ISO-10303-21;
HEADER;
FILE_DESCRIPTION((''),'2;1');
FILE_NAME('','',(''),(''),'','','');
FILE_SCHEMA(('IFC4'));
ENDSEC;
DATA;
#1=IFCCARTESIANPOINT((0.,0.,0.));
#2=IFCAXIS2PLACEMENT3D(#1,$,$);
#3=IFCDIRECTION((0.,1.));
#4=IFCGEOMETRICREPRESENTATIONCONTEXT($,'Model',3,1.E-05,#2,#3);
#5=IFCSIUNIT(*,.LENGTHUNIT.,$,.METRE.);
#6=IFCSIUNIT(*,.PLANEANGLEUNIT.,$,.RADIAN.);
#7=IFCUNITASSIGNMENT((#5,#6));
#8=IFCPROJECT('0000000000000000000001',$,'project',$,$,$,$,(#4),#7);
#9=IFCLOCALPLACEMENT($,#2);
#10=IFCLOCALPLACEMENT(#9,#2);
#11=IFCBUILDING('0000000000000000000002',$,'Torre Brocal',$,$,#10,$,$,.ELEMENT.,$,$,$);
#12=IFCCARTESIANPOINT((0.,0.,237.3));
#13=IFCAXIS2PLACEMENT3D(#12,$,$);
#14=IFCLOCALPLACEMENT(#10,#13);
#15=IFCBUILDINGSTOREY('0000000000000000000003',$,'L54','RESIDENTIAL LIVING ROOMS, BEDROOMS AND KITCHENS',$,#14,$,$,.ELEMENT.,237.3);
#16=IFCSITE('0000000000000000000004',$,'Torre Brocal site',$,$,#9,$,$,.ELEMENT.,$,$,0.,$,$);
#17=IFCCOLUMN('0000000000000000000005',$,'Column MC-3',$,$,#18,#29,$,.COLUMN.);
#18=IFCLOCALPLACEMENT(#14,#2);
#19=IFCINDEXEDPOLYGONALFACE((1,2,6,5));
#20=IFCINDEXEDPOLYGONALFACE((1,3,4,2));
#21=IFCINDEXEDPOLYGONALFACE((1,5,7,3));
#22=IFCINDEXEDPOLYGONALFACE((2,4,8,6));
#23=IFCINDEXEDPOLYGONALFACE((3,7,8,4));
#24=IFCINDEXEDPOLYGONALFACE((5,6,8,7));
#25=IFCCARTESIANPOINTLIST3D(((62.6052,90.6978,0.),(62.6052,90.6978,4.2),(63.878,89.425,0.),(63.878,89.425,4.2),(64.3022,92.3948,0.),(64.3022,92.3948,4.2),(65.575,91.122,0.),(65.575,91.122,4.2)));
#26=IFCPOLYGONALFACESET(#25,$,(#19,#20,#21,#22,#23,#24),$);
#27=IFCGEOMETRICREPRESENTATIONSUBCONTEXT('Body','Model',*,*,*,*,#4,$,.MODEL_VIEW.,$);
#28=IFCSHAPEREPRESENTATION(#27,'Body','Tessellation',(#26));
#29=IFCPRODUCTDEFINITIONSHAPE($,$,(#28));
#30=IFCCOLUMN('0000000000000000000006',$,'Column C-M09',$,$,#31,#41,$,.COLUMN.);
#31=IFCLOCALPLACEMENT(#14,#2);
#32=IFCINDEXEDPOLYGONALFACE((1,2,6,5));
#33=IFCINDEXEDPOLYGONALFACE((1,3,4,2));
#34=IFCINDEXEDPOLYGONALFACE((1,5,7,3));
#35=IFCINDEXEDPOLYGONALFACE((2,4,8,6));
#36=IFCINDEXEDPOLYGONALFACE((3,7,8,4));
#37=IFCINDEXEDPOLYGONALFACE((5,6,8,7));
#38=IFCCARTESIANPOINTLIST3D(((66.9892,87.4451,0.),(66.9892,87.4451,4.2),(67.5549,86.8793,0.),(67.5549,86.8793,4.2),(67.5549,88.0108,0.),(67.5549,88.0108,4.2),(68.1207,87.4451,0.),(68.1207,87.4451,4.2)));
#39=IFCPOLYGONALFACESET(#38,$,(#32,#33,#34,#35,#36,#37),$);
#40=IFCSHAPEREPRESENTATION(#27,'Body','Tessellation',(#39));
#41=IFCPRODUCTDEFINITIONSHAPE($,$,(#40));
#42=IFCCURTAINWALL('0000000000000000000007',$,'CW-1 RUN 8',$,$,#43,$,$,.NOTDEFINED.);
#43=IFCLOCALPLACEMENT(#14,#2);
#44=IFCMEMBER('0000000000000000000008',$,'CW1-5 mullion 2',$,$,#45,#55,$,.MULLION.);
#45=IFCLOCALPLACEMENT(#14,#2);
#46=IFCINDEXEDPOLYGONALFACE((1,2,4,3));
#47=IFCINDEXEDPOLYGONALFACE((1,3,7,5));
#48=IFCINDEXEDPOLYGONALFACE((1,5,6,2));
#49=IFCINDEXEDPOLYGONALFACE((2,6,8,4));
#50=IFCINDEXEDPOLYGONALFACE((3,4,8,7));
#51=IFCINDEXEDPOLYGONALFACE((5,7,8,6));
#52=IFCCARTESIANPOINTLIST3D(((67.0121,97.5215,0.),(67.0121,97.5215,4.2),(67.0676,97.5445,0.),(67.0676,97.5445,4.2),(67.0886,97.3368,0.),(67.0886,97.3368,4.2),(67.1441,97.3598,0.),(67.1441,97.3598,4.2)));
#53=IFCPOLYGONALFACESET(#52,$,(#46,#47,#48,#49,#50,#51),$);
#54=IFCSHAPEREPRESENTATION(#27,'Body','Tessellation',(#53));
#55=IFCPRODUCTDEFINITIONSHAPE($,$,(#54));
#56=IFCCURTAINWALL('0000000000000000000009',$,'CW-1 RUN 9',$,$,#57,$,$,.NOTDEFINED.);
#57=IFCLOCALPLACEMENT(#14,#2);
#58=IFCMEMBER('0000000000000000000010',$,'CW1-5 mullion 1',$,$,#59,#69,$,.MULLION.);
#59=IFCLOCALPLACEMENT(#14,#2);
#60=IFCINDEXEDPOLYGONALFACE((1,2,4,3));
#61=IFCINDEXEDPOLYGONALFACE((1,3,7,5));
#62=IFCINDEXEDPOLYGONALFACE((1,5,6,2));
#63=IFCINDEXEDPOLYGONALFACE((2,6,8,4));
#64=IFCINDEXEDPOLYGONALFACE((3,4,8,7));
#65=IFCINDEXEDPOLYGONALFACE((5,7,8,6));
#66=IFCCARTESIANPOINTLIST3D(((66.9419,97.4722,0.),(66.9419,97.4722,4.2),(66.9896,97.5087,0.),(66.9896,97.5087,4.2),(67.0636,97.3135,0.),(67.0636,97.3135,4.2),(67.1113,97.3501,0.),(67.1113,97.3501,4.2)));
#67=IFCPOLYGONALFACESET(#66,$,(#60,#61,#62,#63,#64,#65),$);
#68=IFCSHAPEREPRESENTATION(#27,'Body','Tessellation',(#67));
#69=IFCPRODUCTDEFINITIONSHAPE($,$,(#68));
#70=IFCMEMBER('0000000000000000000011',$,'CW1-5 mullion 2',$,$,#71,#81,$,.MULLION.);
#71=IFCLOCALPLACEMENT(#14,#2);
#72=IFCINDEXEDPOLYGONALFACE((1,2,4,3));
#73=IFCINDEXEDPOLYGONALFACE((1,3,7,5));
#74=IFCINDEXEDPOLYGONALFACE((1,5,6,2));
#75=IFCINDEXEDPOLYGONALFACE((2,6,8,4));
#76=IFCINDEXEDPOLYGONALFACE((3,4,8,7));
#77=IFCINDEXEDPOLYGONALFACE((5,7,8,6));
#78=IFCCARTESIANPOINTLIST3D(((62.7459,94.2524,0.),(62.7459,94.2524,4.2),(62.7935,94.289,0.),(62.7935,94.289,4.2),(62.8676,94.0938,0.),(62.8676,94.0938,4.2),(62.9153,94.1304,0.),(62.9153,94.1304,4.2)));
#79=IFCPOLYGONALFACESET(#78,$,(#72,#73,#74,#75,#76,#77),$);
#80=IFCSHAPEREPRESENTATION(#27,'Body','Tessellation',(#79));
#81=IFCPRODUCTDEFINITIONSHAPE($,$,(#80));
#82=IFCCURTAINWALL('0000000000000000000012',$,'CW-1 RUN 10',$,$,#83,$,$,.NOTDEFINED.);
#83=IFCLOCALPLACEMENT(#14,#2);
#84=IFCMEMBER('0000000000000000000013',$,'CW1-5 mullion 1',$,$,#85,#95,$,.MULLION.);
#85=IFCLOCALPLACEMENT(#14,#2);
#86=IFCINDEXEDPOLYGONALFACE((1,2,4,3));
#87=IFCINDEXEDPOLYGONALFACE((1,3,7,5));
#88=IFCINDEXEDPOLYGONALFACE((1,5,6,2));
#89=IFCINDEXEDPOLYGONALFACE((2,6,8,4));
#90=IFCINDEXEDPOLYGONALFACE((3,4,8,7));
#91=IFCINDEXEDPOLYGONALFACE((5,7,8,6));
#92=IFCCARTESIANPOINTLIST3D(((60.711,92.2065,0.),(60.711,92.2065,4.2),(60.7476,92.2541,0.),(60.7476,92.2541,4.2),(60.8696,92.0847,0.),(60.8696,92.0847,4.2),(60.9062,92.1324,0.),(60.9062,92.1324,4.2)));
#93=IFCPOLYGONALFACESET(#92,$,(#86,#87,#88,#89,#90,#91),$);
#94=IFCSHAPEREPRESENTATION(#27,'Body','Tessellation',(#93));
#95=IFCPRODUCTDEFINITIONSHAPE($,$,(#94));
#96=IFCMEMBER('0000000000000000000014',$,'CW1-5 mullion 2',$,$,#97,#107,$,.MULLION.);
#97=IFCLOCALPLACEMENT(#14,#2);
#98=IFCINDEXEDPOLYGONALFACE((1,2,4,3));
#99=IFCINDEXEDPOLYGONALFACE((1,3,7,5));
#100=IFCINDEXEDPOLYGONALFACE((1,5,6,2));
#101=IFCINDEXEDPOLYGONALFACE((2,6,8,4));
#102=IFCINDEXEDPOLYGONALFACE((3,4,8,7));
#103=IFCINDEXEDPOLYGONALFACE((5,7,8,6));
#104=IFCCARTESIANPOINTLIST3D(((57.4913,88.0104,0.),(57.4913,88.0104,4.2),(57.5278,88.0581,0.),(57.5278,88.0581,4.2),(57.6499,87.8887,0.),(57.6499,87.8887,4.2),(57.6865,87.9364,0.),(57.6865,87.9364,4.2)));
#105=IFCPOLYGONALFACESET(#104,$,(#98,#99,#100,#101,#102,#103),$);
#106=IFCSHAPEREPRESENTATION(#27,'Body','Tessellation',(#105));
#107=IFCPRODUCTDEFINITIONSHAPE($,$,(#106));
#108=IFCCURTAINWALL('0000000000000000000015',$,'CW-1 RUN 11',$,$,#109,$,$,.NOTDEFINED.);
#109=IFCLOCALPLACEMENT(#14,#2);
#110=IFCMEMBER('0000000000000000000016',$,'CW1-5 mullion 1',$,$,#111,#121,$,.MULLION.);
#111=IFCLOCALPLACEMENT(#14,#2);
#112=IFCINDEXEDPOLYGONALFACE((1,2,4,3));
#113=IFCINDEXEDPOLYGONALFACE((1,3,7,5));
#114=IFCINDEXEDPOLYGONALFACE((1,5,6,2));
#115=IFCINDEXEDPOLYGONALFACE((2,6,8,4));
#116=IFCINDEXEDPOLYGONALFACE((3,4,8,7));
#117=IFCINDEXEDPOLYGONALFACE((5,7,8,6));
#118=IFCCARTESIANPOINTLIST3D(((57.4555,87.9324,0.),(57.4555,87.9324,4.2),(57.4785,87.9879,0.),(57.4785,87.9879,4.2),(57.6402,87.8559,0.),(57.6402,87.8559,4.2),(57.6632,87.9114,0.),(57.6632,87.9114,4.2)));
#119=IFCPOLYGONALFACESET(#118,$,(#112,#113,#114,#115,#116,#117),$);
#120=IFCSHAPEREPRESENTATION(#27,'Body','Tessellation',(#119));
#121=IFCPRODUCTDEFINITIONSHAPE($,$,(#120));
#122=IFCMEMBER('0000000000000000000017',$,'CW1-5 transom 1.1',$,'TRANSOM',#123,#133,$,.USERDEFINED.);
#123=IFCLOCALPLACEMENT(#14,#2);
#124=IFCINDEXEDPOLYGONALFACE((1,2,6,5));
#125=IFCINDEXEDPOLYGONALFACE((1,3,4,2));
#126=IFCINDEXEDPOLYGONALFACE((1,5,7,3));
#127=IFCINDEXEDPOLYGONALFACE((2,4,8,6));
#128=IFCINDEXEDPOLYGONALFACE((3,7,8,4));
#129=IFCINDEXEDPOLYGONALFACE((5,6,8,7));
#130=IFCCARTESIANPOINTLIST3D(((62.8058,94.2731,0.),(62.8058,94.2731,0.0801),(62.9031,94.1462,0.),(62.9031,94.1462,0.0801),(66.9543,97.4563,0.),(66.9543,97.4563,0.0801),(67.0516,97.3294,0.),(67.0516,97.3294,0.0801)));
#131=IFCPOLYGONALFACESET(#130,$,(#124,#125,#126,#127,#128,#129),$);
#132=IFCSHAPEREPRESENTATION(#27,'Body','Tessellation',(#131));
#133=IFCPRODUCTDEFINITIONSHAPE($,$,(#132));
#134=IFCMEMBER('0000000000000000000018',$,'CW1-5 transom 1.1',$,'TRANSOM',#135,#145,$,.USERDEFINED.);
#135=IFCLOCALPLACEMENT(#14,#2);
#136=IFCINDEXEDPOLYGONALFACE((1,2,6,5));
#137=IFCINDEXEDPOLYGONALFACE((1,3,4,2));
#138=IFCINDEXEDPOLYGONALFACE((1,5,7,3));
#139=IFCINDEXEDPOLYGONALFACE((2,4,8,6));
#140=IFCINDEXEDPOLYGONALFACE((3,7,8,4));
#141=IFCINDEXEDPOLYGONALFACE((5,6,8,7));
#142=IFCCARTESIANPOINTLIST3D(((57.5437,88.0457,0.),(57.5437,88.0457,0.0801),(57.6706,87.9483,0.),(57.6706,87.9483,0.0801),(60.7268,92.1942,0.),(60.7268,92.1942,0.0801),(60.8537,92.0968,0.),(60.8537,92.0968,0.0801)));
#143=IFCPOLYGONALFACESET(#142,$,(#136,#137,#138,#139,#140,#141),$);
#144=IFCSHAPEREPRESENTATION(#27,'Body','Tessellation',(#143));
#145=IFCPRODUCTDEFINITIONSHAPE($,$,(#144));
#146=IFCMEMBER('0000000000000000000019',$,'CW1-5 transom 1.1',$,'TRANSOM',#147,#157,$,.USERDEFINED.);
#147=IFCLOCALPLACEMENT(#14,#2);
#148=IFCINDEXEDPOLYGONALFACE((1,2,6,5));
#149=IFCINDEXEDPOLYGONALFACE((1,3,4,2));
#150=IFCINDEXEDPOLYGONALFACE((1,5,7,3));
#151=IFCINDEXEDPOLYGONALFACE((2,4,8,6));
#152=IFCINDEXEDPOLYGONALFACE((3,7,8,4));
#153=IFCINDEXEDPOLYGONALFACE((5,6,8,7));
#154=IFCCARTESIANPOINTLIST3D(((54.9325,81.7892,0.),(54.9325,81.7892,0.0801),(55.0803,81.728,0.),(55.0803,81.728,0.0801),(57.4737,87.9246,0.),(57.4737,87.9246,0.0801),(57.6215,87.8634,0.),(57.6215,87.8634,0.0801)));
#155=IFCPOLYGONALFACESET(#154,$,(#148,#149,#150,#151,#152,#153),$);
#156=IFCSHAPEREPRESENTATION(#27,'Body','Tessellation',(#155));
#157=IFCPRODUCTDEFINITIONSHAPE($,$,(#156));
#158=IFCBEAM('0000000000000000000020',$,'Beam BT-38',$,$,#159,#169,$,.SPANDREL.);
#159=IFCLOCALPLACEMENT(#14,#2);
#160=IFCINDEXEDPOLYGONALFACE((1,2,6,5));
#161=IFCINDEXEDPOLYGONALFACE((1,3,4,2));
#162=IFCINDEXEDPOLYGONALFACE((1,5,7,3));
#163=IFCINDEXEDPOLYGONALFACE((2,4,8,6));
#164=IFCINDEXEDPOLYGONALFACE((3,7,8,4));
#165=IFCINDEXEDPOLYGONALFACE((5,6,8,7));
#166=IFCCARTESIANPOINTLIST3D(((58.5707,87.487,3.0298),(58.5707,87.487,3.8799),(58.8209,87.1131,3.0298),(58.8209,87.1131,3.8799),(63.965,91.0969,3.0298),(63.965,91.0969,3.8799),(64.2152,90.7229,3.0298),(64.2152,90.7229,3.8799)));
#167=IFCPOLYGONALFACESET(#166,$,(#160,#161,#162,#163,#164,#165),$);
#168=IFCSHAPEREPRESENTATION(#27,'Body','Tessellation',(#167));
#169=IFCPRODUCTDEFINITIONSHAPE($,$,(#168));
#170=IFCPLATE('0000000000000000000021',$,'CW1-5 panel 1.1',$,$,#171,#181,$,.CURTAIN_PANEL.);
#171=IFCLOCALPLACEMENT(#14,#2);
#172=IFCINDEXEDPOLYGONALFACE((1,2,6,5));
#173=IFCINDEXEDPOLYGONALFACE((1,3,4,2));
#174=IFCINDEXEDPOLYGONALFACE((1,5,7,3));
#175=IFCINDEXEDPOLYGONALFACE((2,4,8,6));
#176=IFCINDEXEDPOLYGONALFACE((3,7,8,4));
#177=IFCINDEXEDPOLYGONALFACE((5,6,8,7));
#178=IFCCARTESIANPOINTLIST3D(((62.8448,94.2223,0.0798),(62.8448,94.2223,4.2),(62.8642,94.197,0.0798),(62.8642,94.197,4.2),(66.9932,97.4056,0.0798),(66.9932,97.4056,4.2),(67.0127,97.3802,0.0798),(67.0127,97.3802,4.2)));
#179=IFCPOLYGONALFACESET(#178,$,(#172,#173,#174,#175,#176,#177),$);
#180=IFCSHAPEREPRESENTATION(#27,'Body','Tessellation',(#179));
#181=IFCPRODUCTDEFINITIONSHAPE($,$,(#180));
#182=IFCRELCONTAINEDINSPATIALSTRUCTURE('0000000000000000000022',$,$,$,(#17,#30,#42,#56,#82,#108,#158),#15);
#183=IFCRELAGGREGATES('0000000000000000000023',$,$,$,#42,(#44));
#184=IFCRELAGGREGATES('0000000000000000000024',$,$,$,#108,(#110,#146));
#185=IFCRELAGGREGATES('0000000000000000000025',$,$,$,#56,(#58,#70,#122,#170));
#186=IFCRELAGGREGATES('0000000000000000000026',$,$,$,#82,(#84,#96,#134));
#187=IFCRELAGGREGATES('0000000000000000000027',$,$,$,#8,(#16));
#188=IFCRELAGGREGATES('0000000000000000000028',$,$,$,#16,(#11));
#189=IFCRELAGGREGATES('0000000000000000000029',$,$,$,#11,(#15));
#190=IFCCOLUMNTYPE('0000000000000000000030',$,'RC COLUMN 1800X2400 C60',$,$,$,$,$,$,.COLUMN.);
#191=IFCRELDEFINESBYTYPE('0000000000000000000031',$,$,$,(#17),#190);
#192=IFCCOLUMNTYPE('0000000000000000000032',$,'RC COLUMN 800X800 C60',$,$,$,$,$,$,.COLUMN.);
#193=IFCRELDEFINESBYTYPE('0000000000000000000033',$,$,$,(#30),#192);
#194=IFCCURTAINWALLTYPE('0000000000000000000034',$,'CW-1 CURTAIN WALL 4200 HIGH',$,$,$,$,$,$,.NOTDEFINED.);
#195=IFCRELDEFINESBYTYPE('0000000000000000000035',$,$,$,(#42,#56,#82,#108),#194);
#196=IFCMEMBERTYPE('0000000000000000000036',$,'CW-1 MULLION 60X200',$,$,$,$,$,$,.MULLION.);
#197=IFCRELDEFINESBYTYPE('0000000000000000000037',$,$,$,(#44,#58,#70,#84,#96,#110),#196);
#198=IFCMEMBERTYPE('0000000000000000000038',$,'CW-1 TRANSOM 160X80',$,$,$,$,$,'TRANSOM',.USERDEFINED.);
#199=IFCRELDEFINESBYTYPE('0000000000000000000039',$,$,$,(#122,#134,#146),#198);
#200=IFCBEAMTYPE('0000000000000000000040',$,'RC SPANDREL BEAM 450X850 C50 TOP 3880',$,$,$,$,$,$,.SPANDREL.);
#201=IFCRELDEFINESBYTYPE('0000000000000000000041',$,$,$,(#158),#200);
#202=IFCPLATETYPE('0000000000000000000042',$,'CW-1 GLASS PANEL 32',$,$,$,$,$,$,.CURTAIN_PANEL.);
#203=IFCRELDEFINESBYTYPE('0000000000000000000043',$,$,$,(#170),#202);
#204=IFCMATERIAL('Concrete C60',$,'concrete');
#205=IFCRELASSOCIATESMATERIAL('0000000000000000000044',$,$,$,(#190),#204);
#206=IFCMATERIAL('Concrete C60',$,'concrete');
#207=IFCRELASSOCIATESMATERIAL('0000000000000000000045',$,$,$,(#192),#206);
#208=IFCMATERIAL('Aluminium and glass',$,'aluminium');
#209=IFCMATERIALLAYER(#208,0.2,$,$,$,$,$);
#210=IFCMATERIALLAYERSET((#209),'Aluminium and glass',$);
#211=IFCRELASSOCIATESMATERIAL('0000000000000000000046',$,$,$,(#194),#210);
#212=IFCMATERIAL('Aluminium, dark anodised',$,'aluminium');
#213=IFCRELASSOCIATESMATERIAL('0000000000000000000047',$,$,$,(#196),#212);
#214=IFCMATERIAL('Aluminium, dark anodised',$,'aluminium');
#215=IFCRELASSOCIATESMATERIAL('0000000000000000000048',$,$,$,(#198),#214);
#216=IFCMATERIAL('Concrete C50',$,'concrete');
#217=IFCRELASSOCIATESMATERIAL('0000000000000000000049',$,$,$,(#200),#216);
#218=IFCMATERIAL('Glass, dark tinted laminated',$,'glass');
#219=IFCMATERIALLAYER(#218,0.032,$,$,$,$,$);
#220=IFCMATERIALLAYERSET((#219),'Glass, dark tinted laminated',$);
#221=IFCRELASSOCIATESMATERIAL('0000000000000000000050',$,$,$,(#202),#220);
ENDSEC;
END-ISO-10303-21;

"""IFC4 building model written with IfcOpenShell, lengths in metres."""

from ifc_helpers import new_model, si_unit, direction, frame, origin, origin_2d, place, context, subcontext, project, spatial, rectangle, extrude, material, layer, layer_set, material_profile, profile_set, type_object, element, aggregate, save


model = new_model("IFC4")

# Units and contexts
model_context = context("Model", 3, precision=1e-05, world=origin(), true_north=direction((0.0, 1.0)))
body_context = subcontext(model_context, "Body", "Model", "MODEL_VIEW")
ifc_project = project(units=[si_unit("LENGTHUNIT", "METRE"), si_unit("PLANEANGLEUNIT", "RADIAN")], contexts=[model_context])

# Site, building, storey
site_placement = place(None, origin())
site = spatial("IfcSite", under=ifc_project, at=site_placement, Name="Torre Brocal site", CompositionType="ELEMENT", RefElevation=0.0)
building_placement = place(site_placement, origin())
building = spatial("IfcBuilding", under=site, at=building_placement, Name="Torre Brocal", CompositionType="ELEMENT")
storey_placement = place(building_placement, frame((0.0, 0.0, 237.3)))
storey = spatial("IfcBuildingStorey", under=building, at=storey_placement, Name="L54", Description="RESIDENTIAL LIVING ROOMS, BEDROOMS AND KITCHENS", CompositionType="ELEMENT", Elevation=237.3)

# Columns
ifc_material_1 = material(Name="Concrete C60", Category="concrete")
ifc_material_profile_1 = material_profile(ifc_material_1, rectangle(XDim=1.8, YDim=2.3999, at=origin_2d()), Name="RC 1800X2400")
ifc_profile_set_1 = profile_set([ifc_material_profile_1], Name="Concrete C60")
column_type_1 = type_object("IfcColumnType", Name="RC COLUMN 1800X2400 C60", PredefinedType="COLUMN", material=ifc_profile_set_1)
column_1_placement = place(storey_placement, frame((64.0901, 90.9099, 0.0), z_axis=(0.0, 0.0, 1.0), x_axis=(-0.707107, 0.707107, 0.0)))
element("IfcColumn", 1, at=column_1_placement, inside=storey, type_object=column_type_1, Name="Column MC-3", PredefinedType="COLUMN", context=body_context, shape_type="SweptSolid", body=[
    extrude(rectangle(XDim=1.8, YDim=2.3999, at=origin_2d()), origin(), (0.0, 0.0, 1.0), 4.2),
])
ifc_material_2 = material(Name="Concrete C60", Category="concrete")
ifc_material_profile_2 = material_profile(ifc_material_2, rectangle(XDim=0.8, YDim=0.8, at=origin_2d()), Name="RC 800X800")
ifc_profile_set_2 = profile_set([ifc_material_profile_2], Name="Concrete C60")
column_type_2 = type_object("IfcColumnType", Name="RC COLUMN 800X800 C60", PredefinedType="COLUMN", material=ifc_profile_set_2)
column_2_placement = place(storey_placement, frame((67.5549, 87.4451, 0.0), z_axis=(0.0, 0.0, 1.0), x_axis=(-0.707107, 0.707107, 0.0)))
element("IfcColumn", 2, at=column_2_placement, inside=storey, type_object=column_type_2, Name="Column C-M09", PredefinedType="COLUMN", context=body_context, shape_type="SweptSolid", body=[
    extrude(rectangle(XDim=0.8, YDim=0.8, at=origin_2d()), origin(), (0.0, 0.0, 1.0), 4.2),
])

# Curtain wall, member
ifc_material_3 = material(Name="Aluminium and glass", Category="aluminium")
ifc_layer_1 = layer(ifc_material_3, 0.2)
ifc_layer_set_1 = layer_set([ifc_layer_1], Name="Aluminium and glass")
curtain_wall_type = type_object("IfcCurtainWallType", Name="CW-1 CURTAIN WALL 4200 HIGH", PredefinedType="NOTDEFINED", material=ifc_layer_set_1)
curtain_wall_1_placement = place(storey_placement, origin())
curtain_wall_1 = element("IfcCurtainWall", 3, at=curtain_wall_1_placement, inside=storey, type_object=curtain_wall_type, Name="CW-1 RUN 8", PredefinedType="NOTDEFINED")
ifc_material_4 = material(Name="Aluminium, dark anodised", Category="aluminium")
ifc_material_profile_3 = material_profile(ifc_material_4, rectangle(XDim=0.2, YDim=0.0601, at=origin_2d()), Name="CW-1 MULLION 60X200")
ifc_profile_set_3 = profile_set([ifc_material_profile_3], Name="Aluminium, dark anodised")
member_type_1 = type_object("IfcMemberType", Name="CW-1 MULLION 60X200", PredefinedType="MULLION", material=ifc_profile_set_3)
member_1_placement = place(storey_placement, frame((67.0781, 97.4407, 0.0), z_axis=(0.0, 0.0, 1.0), x_axis=(0.382683, -0.92388, 0.0)))
member_1 = element("IfcMember", 4, at=member_1_placement, type_object=member_type_1, Name="CW1-5 mullion 2", PredefinedType="MULLION", context=body_context, shape_type="SweptSolid", body=[
    extrude(rectangle(XDim=0.2, YDim=0.0601, at=origin_2d()), origin(), (0.0, 0.0, 1.0), 4.2),
])
aggregate(curtain_wall_1, [member_1])

# Curtain walls, members
curtain_wall_2_placement = place(storey_placement, origin())
curtain_wall_2 = element("IfcCurtainWall", 5, at=curtain_wall_2_placement, inside=storey, type_object=curtain_wall_type, Name="CW-1 RUN 9", PredefinedType="NOTDEFINED")
member_2_placement = place(storey_placement, frame((67.0266, 97.4111, 0.0), z_axis=(0.0, 0.0, 1.0), x_axis=(0.608761, -0.793353, 0.0)))
member_2 = element("IfcMember", 6, at=member_2_placement, type_object=member_type_1, Name="CW1-5 mullion 1", PredefinedType="MULLION", context=body_context, shape_type="SweptSolid", body=[
    extrude(rectangle(XDim=0.2, YDim=0.0601, at=origin_2d()), origin(), (0.0, 0.0, 1.0), 4.2),
])
member_3_placement = place(storey_placement, frame((62.8306, 94.1914, 0.0), z_axis=(0.0, 0.0, 1.0), x_axis=(0.608761, -0.793353, 0.0)))
member_3 = element("IfcMember", 7, at=member_3_placement, type_object=member_type_1, Name="CW1-5 mullion 2", PredefinedType="MULLION", context=body_context, shape_type="SweptSolid", body=[
    extrude(rectangle(XDim=0.2, YDim=0.0601, at=origin_2d()), origin(), (0.0, 0.0, 1.0), 4.2),
])
curtain_wall_3_placement = place(storey_placement, origin())
curtain_wall_3 = element("IfcCurtainWall", 8, at=curtain_wall_3_placement, inside=storey, type_object=curtain_wall_type, Name="CW-1 RUN 10", PredefinedType="NOTDEFINED")
member_4_placement = place(storey_placement, frame((60.8086, 92.1694, 0.0), z_axis=(0.0, 0.0, 1.0), x_axis=(0.793353, -0.608761, 0.0)))
member_4 = element("IfcMember", 9, at=member_4_placement, type_object=member_type_1, Name="CW1-5 mullion 1", PredefinedType="MULLION", context=body_context, shape_type="SweptSolid", body=[
    extrude(rectangle(XDim=0.2, YDim=0.0601, at=origin_2d()), origin(), (0.0, 0.0, 1.0), 4.2),
])
member_5_placement = place(storey_placement, frame((57.5889, 87.9734, 0.0), z_axis=(0.0, 0.0, 1.0), x_axis=(0.793353, -0.608761, 0.0)))
member_5 = element("IfcMember", 10, at=member_5_placement, type_object=member_type_1, Name="CW1-5 mullion 2", PredefinedType="MULLION", context=body_context, shape_type="SweptSolid", body=[
    extrude(rectangle(XDim=0.2, YDim=0.0601, at=origin_2d()), origin(), (0.0, 0.0, 1.0), 4.2),
])

# Curtain wall, member
curtain_wall_4_placement = place(storey_placement, origin())
curtain_wall_4 = element("IfcCurtainWall", 11, at=curtain_wall_4_placement, inside=storey, type_object=curtain_wall_type, Name="CW-1 RUN 11", PredefinedType="NOTDEFINED")
member_6_placement = place(storey_placement, frame((57.5593, 87.9219, 0.0), z_axis=(0.0, 0.0, 1.0), x_axis=(0.92388, -0.382683, 0.0)))
member_6 = element("IfcMember", 12, at=member_6_placement, type_object=member_type_1, Name="CW1-5 mullion 1", PredefinedType="MULLION", context=body_context, shape_type="SweptSolid", body=[
    extrude(rectangle(XDim=0.2, YDim=0.0601, at=origin_2d()), origin(), (0.0, 0.0, 1.0), 4.2),
])

# Members
ifc_material_5 = material(Name="Aluminium, dark anodised", Category="aluminium")
ifc_material_profile_4 = material_profile(ifc_material_5, rectangle(XDim=0.1599, YDim=0.0801, at=origin_2d()), Name="CW-1 TRANSOM 160X80")
ifc_profile_set_4 = profile_set([ifc_material_profile_4], Name="Aluminium, dark anodised")
member_type_2 = type_object("IfcMemberType", Name="CW-1 TRANSOM 160X80", ElementType="TRANSOM", PredefinedType="USERDEFINED", material=ifc_profile_set_4)
member_7_placement = place(storey_placement, frame((67.0029, 97.3928, 0.04), z_axis=(-0.793363, -0.608749, 0.0), x_axis=(0.608749, -0.793363, 0.0)))
member_7 = element("IfcMember", 13, at=member_7_placement, type_object=member_type_2, Name="CW1-5 transom 1.1", ObjectType="TRANSOM", PredefinedType="USERDEFINED", context=body_context, shape_type="SweptSolid", body=[
    extrude(rectangle(XDim=0.1599, YDim=0.0801, at=origin_2d()), origin(), (0.0, 0.0, 1.0), 5.229),
])
member_8_placement = place(storey_placement, frame((60.7903, 92.1455, 0.04), z_axis=(-0.608749, -0.793363, 0.0), x_axis=(0.793363, -0.608749, 0.0)))
member_8 = element("IfcMember", 14, at=member_8_placement, type_object=member_type_2, Name="CW1-5 transom 1.1", ObjectType="TRANSOM", PredefinedType="USERDEFINED", context=body_context, shape_type="SweptSolid", body=[
    extrude(rectangle(XDim=0.1599, YDim=0.0801, at=origin_2d()), origin(), (0.0, 0.0, 1.0), 5.229),
])
member_9_placement = place(storey_placement, frame((57.5476, 87.894, 0.04), z_axis=(-0.382665, -0.923887, 0.0), x_axis=(0.923887, -0.382665, 0.0)))
member_9 = element("IfcMember", 15, at=member_9_placement, type_object=member_type_2, Name="CW1-5 transom 1.1", ObjectType="TRANSOM", PredefinedType="USERDEFINED", context=body_context, shape_type="SweptSolid", body=[
    extrude(rectangle(XDim=0.1599, YDim=0.0801, at=origin_2d()), origin(), (0.0, 0.0, 1.0), 6.6409),
])
aggregate(curtain_wall_4, [member_6, member_9])

# Beam
ifc_material_6 = material(Name="Concrete C50", Category="concrete")
ifc_material_profile_5 = material_profile(ifc_material_6, rectangle(XDim=0.45, YDim=0.8501, at=origin_2d()), Name="RC 450X850")
ifc_profile_set_5 = profile_set([ifc_material_profile_5], Name="Concrete C50")
beam_type = type_object("IfcBeamType", Name="RC SPANDREL BEAM 450X850 C50 TOP 3880", PredefinedType="SPANDREL", material=ifc_profile_set_5)
beam_placement = place(storey_placement, frame((64.0901, 90.9099, 3.4548), z_axis=(-0.831077, -0.556158, 0.0), x_axis=(0.556158, -0.831077, 0.0)))
element("IfcBeam", 16, at=beam_placement, inside=storey, type_object=beam_type, Name="Beam BT-38", PredefinedType="SPANDREL", context=body_context, shape_type="SweptSolid", body=[
    extrude(rectangle(XDim=0.45, YDim=0.8501, at=origin_2d()), origin(), (0.0, 0.0, 1.0), 6.4907),
])

# Plate
ifc_material_7 = material(Name="Glass, dark tinted laminated", Category="glass")
ifc_layer_2 = layer(ifc_material_7, 0.032)
ifc_layer_set_2 = layer_set([ifc_layer_2], Name="Glass, dark tinted laminated")
plate_type = type_object("IfcPlateType", Name="CW-1 GLASS PANEL 32", PredefinedType="CURTAIN_PANEL", material=ifc_layer_set_2)
plate_1_placement = place(storey_placement, frame((64.9287, 95.8013, 0.0798), z_axis=(0.0, 0.0, 1.0), x_axis=(-0.793353, -0.608761, 0.0)))
plate_1 = element("IfcPlate", 17, at=plate_1_placement, type_object=plate_type, Name="CW1-5 panel 1.1", PredefinedType="CURTAIN_PANEL", context=body_context, shape_type="SweptSolid", body=[
    extrude(rectangle(XDim=5.229, YDim=0.032, at=origin_2d()), origin(), (0.0, 0.0, 1.0), 4.1201),
])
aggregate(curtain_wall_2, [member_2, member_3, member_7, plate_1])
aggregate(curtain_wall_3, [member_4, member_5, member_8])

save(model, "model.ifc")
